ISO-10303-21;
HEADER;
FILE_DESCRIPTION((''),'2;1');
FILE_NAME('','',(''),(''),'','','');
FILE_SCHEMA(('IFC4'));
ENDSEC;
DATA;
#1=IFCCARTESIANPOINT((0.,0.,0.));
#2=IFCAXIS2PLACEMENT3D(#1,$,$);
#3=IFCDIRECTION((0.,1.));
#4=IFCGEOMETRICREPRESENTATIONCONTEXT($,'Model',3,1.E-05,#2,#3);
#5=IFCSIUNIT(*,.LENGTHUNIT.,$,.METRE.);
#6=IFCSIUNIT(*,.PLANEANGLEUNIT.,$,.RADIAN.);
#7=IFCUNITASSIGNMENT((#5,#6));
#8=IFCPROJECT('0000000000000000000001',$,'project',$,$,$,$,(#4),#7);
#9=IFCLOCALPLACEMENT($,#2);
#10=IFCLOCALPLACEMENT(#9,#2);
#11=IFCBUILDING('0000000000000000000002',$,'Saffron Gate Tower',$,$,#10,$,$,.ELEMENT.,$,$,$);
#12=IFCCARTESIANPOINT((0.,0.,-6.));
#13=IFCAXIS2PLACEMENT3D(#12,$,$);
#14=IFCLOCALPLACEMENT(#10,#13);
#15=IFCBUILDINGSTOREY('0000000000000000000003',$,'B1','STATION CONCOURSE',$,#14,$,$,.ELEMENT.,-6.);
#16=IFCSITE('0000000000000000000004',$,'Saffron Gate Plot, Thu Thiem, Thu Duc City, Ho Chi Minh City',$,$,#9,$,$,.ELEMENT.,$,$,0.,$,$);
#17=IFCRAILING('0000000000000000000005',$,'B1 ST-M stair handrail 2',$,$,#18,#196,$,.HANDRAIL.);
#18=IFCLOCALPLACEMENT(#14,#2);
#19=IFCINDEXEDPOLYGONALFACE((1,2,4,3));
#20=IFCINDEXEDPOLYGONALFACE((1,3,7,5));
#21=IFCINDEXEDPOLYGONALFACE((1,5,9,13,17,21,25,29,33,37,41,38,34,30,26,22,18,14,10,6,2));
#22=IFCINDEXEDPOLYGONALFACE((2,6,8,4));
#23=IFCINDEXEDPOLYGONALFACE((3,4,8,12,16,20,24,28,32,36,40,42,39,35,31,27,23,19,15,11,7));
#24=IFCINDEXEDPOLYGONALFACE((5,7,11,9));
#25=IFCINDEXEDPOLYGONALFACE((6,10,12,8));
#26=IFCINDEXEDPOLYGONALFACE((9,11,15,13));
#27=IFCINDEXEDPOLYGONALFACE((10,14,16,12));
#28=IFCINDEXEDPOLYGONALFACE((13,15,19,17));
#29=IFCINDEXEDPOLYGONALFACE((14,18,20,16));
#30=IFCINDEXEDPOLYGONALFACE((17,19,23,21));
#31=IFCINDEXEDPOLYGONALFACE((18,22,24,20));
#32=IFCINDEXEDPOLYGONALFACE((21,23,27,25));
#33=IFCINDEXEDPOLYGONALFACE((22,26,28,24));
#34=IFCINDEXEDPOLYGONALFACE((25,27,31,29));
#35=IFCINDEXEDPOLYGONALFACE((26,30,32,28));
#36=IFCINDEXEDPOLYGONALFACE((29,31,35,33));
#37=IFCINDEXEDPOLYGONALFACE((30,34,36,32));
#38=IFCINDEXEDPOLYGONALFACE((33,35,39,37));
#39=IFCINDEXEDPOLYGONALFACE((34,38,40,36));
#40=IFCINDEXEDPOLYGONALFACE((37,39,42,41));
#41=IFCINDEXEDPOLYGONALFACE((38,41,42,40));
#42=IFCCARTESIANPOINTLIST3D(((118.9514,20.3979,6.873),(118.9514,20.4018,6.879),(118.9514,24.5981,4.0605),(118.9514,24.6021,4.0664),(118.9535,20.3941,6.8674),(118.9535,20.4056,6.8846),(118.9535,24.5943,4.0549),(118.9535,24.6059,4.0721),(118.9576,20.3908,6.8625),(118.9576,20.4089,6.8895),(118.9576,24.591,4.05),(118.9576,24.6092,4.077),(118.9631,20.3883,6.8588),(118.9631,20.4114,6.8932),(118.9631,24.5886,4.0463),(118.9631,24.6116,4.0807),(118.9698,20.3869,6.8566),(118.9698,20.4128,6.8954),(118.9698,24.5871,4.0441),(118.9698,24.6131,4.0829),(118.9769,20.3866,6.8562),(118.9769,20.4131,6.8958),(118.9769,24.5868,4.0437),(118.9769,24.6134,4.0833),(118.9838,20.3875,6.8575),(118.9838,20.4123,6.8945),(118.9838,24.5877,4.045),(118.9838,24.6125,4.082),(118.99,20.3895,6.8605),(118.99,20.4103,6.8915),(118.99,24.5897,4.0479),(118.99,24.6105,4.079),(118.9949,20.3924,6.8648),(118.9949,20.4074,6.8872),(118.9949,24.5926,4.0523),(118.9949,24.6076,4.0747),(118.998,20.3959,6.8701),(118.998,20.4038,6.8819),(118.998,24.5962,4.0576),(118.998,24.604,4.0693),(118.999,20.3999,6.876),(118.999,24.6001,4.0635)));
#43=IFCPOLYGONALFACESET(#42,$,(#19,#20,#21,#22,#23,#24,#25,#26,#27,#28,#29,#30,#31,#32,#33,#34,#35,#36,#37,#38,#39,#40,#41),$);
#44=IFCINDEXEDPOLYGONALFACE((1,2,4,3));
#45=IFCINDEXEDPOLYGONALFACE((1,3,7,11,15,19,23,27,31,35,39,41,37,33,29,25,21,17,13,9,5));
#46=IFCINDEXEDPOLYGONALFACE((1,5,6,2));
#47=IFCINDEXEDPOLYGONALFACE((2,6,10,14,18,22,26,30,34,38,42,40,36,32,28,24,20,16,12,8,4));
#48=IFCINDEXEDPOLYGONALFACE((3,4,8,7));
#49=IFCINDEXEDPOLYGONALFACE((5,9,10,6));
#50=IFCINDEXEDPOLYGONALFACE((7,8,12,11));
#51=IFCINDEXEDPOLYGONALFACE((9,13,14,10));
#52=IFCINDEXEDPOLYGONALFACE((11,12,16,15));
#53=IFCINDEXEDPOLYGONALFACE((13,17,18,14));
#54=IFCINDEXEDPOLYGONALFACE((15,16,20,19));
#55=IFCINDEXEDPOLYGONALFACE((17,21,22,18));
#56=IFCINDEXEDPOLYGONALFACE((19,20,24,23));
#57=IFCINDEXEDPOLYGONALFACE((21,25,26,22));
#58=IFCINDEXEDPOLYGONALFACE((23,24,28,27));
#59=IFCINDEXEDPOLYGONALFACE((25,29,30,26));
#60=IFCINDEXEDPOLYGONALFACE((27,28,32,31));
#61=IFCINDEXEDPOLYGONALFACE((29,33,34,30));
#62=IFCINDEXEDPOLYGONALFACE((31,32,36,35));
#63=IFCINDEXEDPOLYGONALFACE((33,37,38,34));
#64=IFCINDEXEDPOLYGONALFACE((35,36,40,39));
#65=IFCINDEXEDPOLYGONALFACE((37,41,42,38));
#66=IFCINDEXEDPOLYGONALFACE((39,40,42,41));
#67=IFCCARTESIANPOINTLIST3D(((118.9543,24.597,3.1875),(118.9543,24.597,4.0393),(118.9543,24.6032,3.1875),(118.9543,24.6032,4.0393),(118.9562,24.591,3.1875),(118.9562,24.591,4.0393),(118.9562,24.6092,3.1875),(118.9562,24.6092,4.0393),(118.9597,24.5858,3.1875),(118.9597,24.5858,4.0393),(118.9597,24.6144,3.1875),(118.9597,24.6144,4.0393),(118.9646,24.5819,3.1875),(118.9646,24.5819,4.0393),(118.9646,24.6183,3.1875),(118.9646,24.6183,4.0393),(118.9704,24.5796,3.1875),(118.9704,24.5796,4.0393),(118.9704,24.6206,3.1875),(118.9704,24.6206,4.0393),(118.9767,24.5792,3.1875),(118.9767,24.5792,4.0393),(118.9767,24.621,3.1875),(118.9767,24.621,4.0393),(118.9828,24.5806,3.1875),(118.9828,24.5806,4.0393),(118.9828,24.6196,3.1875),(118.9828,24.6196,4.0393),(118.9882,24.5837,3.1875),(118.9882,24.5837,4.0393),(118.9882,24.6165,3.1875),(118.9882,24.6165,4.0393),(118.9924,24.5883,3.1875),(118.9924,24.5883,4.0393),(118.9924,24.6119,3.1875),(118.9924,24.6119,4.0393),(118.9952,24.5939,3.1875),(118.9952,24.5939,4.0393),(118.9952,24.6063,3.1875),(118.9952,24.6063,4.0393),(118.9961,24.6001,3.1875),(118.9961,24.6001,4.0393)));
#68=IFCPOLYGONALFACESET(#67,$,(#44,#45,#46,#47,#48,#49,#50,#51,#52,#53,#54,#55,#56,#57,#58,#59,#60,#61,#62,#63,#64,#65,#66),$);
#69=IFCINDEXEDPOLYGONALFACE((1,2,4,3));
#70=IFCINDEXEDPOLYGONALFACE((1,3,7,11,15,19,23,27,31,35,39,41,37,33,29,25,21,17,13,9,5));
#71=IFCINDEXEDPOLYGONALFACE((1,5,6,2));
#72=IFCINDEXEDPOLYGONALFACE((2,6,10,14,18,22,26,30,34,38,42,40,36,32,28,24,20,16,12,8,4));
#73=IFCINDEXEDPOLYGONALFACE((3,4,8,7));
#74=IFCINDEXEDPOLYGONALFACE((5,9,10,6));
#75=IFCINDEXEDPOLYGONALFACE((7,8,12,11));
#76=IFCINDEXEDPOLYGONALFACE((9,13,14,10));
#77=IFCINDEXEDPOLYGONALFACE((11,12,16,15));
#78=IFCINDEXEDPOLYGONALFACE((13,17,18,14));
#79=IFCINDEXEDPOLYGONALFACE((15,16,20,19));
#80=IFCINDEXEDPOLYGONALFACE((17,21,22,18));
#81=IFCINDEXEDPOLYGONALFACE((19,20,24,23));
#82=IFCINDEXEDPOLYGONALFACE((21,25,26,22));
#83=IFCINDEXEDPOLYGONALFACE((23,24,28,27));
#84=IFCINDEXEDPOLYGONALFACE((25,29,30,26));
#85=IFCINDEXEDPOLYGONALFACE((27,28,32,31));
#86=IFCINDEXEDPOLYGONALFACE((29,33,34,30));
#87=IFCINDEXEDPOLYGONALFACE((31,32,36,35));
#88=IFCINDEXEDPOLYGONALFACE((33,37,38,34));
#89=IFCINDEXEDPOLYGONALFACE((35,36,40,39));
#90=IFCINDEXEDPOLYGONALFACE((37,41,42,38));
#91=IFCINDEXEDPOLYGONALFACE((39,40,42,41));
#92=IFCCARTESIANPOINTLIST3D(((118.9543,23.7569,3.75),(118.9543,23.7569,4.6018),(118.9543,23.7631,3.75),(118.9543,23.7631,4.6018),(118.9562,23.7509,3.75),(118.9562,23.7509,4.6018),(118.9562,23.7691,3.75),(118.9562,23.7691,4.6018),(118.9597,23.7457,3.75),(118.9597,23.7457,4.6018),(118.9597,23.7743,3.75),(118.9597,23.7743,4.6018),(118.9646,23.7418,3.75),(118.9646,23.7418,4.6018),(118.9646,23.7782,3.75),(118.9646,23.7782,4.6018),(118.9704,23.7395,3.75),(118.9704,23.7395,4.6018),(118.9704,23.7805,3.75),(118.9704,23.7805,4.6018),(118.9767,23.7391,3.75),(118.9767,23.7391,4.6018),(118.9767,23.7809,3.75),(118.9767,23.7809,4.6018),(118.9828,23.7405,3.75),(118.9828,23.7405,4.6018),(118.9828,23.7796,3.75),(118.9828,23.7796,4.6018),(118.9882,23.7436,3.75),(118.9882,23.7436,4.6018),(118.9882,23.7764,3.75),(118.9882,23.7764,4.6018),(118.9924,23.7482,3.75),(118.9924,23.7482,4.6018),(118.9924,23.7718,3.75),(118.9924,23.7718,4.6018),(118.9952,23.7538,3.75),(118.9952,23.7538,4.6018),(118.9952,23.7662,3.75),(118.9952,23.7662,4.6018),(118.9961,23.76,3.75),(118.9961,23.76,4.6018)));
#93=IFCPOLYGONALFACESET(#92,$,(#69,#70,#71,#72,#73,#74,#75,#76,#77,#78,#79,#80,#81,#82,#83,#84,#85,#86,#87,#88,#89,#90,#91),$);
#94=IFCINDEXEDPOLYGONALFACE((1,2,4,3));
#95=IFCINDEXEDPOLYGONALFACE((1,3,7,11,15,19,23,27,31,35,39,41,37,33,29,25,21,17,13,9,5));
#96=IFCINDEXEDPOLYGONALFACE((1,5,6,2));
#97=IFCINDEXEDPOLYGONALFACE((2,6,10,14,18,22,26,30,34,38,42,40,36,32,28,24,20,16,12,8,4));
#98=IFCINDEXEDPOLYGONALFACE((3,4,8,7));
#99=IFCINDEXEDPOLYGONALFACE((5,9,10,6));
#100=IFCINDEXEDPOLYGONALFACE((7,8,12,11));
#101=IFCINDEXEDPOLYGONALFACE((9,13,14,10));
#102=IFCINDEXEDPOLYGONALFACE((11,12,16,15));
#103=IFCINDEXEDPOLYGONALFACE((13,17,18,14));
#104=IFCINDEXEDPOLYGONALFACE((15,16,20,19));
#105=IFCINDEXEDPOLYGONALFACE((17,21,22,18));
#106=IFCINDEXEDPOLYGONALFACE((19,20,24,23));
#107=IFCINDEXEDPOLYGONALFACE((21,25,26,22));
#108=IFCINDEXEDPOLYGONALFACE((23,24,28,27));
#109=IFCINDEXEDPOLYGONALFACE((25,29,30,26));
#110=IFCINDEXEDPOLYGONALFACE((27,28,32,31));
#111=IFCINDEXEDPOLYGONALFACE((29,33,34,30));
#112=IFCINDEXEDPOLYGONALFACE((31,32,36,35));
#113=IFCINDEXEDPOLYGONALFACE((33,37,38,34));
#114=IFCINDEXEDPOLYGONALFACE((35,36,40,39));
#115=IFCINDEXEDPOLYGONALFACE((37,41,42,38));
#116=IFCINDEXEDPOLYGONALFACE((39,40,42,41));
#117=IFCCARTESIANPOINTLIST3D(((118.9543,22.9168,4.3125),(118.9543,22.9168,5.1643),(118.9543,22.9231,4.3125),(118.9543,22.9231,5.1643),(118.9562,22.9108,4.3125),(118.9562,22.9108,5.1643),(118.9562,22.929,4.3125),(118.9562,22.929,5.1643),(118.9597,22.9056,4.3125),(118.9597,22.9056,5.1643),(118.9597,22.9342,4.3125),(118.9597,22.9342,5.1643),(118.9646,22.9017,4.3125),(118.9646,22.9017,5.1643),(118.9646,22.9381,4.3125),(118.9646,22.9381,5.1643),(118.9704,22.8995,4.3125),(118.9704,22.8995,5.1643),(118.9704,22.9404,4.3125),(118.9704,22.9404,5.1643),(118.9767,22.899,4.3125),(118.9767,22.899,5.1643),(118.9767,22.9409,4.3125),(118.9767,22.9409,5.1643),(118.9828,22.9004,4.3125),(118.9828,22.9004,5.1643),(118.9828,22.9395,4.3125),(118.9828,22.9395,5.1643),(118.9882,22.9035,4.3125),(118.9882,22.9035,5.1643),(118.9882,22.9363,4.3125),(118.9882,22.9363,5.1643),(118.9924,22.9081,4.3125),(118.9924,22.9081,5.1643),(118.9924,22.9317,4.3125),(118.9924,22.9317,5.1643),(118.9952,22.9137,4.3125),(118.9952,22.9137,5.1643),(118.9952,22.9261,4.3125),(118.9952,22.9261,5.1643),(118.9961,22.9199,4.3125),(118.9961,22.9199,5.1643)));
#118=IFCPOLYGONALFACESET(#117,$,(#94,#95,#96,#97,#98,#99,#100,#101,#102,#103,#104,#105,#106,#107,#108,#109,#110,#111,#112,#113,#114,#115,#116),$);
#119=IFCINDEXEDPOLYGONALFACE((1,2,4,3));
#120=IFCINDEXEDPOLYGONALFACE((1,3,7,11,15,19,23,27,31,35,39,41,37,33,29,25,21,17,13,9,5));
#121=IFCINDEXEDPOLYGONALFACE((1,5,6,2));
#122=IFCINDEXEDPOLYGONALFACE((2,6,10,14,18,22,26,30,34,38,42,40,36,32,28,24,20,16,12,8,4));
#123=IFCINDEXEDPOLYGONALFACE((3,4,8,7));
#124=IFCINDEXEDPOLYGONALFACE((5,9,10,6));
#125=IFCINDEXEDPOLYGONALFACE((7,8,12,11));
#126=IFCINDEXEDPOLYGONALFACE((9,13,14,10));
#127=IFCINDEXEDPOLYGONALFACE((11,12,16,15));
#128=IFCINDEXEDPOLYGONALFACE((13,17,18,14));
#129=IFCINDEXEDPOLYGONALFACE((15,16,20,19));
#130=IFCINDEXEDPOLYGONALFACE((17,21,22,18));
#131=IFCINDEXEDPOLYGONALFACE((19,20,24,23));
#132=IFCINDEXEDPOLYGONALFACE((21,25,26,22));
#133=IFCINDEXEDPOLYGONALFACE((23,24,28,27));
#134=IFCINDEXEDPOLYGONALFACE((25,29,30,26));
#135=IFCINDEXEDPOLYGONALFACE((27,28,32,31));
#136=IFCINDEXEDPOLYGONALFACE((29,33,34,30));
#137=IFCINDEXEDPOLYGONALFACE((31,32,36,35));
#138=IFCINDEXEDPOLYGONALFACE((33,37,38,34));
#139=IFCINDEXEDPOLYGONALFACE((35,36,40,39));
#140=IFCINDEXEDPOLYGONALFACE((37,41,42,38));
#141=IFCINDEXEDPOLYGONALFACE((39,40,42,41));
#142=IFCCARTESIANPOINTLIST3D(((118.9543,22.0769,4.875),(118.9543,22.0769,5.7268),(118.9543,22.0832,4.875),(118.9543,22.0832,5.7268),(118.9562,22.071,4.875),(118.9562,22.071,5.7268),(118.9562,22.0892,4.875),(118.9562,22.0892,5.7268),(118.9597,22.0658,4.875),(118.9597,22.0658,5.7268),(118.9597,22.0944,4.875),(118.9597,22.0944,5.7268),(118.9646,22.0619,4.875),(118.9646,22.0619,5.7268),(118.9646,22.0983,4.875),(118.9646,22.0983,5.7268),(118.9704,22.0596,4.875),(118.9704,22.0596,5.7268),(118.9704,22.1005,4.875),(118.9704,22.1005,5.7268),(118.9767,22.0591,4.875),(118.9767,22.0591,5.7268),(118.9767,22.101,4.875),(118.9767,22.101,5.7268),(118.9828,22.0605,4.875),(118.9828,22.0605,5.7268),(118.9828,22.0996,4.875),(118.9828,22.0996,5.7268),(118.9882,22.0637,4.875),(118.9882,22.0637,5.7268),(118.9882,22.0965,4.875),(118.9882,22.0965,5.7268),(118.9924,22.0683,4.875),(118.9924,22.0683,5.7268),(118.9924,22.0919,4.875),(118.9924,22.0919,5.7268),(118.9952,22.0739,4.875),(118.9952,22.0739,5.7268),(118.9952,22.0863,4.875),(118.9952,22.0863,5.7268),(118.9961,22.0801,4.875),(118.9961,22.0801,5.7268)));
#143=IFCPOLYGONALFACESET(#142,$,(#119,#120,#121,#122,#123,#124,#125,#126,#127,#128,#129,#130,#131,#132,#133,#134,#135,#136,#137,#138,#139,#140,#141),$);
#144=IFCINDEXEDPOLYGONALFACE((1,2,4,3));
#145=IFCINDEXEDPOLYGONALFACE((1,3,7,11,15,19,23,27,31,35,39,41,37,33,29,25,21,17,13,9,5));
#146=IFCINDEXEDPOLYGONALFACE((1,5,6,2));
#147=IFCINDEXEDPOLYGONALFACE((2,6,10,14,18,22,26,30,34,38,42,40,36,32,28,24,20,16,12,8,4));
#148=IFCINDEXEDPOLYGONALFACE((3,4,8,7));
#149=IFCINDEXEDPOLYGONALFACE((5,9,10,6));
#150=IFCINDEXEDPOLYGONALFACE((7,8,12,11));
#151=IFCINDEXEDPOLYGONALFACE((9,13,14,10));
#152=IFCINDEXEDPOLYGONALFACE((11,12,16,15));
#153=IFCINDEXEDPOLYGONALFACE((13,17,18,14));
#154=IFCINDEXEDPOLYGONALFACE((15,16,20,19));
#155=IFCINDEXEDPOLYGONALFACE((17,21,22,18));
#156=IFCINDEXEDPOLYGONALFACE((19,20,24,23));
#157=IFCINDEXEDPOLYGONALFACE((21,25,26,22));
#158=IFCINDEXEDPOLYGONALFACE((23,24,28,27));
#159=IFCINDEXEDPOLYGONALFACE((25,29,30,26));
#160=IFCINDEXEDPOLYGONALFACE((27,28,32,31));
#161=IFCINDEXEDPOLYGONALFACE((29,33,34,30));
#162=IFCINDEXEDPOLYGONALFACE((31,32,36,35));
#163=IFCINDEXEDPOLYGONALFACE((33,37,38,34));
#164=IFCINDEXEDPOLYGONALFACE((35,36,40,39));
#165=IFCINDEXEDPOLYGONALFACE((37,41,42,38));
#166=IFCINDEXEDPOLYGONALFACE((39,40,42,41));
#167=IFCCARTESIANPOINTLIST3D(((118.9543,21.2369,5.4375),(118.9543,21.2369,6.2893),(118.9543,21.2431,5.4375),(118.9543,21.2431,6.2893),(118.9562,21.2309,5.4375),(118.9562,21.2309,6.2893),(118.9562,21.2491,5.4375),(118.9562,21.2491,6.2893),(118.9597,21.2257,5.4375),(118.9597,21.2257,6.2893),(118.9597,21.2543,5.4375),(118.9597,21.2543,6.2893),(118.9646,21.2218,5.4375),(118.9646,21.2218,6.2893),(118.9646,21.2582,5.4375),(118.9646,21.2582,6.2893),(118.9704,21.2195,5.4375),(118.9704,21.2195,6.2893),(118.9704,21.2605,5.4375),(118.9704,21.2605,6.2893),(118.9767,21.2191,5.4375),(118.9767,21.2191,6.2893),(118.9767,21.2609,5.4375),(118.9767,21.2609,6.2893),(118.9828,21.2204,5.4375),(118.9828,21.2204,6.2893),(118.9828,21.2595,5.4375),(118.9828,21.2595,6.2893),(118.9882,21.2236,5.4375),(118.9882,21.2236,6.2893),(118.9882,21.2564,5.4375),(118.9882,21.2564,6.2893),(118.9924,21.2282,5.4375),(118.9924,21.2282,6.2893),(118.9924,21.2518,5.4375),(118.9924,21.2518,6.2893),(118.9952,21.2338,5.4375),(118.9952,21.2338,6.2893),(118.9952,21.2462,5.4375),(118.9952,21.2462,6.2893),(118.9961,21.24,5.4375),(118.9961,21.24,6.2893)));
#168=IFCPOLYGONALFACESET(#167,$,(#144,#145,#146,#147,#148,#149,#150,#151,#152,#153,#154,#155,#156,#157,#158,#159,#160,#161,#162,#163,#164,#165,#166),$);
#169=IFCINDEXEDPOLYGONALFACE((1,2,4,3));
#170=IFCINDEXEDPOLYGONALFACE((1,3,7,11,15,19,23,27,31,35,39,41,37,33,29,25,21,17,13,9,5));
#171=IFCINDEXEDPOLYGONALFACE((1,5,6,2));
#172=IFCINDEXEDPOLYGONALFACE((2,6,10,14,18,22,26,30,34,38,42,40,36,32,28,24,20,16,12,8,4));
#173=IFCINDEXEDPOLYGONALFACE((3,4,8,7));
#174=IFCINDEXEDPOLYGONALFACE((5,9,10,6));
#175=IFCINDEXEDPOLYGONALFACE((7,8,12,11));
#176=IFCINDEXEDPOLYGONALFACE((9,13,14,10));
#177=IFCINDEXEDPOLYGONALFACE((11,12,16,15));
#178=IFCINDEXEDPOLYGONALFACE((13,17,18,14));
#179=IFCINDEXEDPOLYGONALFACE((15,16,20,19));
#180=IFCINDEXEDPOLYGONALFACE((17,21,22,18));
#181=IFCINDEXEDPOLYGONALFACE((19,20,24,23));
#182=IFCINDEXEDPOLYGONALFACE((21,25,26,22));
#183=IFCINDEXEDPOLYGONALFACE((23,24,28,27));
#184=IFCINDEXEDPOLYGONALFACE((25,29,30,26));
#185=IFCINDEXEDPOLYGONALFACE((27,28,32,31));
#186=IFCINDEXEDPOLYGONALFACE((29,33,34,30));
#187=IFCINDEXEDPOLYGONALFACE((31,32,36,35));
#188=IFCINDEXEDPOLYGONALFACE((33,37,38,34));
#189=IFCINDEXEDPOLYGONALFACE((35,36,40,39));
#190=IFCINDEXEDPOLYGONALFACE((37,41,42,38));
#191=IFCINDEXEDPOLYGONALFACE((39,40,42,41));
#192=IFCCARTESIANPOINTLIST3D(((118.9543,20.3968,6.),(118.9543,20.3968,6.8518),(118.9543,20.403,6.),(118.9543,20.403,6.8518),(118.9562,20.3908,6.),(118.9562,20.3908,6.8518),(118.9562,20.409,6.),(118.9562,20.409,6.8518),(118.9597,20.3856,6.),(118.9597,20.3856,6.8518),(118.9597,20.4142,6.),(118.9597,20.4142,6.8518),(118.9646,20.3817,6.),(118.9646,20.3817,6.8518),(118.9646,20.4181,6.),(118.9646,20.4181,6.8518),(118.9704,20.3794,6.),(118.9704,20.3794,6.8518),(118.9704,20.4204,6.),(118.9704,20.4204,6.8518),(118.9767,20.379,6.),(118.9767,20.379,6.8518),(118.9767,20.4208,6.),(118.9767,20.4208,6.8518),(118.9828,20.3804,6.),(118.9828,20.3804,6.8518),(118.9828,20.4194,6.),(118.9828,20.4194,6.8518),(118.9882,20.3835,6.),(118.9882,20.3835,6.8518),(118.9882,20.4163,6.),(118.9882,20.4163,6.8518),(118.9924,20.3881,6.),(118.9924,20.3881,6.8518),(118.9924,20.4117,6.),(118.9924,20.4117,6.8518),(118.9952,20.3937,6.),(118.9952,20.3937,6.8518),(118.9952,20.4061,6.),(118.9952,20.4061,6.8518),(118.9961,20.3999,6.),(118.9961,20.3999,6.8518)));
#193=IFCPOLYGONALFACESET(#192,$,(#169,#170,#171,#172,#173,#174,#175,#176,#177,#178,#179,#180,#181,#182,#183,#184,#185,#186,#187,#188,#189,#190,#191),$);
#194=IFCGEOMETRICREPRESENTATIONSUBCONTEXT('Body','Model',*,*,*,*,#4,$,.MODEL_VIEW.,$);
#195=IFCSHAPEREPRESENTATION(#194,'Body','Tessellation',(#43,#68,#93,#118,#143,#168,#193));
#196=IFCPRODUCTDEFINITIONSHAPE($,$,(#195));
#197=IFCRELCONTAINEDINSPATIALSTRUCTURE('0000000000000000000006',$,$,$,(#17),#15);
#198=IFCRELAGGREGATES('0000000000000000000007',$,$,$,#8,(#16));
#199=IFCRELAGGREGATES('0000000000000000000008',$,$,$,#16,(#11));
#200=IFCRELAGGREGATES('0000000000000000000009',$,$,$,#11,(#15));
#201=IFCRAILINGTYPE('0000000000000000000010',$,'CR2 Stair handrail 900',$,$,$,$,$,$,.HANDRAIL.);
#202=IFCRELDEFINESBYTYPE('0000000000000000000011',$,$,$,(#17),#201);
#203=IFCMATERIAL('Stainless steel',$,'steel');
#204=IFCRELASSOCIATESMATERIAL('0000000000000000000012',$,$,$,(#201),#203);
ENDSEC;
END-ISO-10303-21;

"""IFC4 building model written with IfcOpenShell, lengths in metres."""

from ifc_helpers import new_model, si_unit, direction, frame, origin, origin_2d, place, context, subcontext, project, spatial, circle, extrude, material, type_object, element, save


model = new_model("IFC4")

# Units and contexts
model_context = context("Model", 3, precision=1e-05, world=origin(), true_north=direction((0.0, 1.0)))
body_context = subcontext(model_context, "Body", "Model", "MODEL_VIEW")
ifc_project = project(units=[si_unit("LENGTHUNIT", "METRE"), si_unit("PLANEANGLEUNIT", "RADIAN")], contexts=[model_context])

# Site, building, storey
site_placement = place(None, origin())
site = spatial("IfcSite", under=ifc_project, at=site_placement, Name="Saffron Gate Plot, Thu Thiem, Thu Duc City, Ho Chi Minh City", CompositionType="ELEMENT", RefElevation=0.0)
building_placement = place(site_placement, origin())
building = spatial("IfcBuilding", under=site, at=building_placement, Name="Saffron Gate Tower", CompositionType="ELEMENT")
storey_placement = place(building_placement, frame((0.0, 0.0, -6.0)))
storey = spatial("IfcBuildingStorey", under=building, at=storey_placement, Name="B1", Description="STATION CONCOURSE", CompositionType="ELEMENT", Elevation=-6.0)

# Railing
ifc_material_1 = material(Name="Stainless steel", Category="steel")
railing_type_1 = type_object("IfcRailingType", Name="CR2 Stair handrail 900", PredefinedType="HANDRAIL", material=ifc_material_1)
railing_1_placement = place(storey_placement, frame((118.9751, 24.6001, 3.1875)))
element("IfcRailing", 1, at=railing_1_placement, inside=storey, type_object=railing_type_1, Name="B1 ST-M stair handrail 2", PredefinedType="HANDRAIL", context=body_context, shape_type="SweptSolid", body=[
    extrude(circle(Radius=0.0239, at=origin_2d()), frame((0.0, 0.0, 0.876), z_axis=(0.0, -0.830919, 0.556393), x_axis=(1.0, 0.0, 0.0)), (0.0, 0.0, 1.0), 5.0549),
    extrude(circle(Radius=0.021, at=origin_2d()), origin(), (0.0, 0.0, 1.0), 0.8518),
    extrude(circle(Radius=0.021, at=origin_2d()), frame((0.0, -0.8401, 0.5625)), (0.0, 0.0, 1.0), 0.8518),
    extrude(circle(Radius=0.021, at=origin_2d()), frame((0.0, -1.6802, 1.125)), (0.0, 0.0, 1.0), 0.8518),
    extrude(circle(Radius=0.021, at=origin_2d()), frame((0.0, -2.52, 1.6875)), (0.0, 0.0, 1.0), 0.8518),
    extrude(circle(Radius=0.021, at=origin_2d()), frame((0.0, -3.3601, 2.25)), (0.0, 0.0, 1.0), 0.8518),
    extrude(circle(Radius=0.021, at=origin_2d()), frame((0.0, -4.2002, 2.8125)), (0.0, 0.0, 1.0), 0.8518),
])

save(model, "model.ifc")
